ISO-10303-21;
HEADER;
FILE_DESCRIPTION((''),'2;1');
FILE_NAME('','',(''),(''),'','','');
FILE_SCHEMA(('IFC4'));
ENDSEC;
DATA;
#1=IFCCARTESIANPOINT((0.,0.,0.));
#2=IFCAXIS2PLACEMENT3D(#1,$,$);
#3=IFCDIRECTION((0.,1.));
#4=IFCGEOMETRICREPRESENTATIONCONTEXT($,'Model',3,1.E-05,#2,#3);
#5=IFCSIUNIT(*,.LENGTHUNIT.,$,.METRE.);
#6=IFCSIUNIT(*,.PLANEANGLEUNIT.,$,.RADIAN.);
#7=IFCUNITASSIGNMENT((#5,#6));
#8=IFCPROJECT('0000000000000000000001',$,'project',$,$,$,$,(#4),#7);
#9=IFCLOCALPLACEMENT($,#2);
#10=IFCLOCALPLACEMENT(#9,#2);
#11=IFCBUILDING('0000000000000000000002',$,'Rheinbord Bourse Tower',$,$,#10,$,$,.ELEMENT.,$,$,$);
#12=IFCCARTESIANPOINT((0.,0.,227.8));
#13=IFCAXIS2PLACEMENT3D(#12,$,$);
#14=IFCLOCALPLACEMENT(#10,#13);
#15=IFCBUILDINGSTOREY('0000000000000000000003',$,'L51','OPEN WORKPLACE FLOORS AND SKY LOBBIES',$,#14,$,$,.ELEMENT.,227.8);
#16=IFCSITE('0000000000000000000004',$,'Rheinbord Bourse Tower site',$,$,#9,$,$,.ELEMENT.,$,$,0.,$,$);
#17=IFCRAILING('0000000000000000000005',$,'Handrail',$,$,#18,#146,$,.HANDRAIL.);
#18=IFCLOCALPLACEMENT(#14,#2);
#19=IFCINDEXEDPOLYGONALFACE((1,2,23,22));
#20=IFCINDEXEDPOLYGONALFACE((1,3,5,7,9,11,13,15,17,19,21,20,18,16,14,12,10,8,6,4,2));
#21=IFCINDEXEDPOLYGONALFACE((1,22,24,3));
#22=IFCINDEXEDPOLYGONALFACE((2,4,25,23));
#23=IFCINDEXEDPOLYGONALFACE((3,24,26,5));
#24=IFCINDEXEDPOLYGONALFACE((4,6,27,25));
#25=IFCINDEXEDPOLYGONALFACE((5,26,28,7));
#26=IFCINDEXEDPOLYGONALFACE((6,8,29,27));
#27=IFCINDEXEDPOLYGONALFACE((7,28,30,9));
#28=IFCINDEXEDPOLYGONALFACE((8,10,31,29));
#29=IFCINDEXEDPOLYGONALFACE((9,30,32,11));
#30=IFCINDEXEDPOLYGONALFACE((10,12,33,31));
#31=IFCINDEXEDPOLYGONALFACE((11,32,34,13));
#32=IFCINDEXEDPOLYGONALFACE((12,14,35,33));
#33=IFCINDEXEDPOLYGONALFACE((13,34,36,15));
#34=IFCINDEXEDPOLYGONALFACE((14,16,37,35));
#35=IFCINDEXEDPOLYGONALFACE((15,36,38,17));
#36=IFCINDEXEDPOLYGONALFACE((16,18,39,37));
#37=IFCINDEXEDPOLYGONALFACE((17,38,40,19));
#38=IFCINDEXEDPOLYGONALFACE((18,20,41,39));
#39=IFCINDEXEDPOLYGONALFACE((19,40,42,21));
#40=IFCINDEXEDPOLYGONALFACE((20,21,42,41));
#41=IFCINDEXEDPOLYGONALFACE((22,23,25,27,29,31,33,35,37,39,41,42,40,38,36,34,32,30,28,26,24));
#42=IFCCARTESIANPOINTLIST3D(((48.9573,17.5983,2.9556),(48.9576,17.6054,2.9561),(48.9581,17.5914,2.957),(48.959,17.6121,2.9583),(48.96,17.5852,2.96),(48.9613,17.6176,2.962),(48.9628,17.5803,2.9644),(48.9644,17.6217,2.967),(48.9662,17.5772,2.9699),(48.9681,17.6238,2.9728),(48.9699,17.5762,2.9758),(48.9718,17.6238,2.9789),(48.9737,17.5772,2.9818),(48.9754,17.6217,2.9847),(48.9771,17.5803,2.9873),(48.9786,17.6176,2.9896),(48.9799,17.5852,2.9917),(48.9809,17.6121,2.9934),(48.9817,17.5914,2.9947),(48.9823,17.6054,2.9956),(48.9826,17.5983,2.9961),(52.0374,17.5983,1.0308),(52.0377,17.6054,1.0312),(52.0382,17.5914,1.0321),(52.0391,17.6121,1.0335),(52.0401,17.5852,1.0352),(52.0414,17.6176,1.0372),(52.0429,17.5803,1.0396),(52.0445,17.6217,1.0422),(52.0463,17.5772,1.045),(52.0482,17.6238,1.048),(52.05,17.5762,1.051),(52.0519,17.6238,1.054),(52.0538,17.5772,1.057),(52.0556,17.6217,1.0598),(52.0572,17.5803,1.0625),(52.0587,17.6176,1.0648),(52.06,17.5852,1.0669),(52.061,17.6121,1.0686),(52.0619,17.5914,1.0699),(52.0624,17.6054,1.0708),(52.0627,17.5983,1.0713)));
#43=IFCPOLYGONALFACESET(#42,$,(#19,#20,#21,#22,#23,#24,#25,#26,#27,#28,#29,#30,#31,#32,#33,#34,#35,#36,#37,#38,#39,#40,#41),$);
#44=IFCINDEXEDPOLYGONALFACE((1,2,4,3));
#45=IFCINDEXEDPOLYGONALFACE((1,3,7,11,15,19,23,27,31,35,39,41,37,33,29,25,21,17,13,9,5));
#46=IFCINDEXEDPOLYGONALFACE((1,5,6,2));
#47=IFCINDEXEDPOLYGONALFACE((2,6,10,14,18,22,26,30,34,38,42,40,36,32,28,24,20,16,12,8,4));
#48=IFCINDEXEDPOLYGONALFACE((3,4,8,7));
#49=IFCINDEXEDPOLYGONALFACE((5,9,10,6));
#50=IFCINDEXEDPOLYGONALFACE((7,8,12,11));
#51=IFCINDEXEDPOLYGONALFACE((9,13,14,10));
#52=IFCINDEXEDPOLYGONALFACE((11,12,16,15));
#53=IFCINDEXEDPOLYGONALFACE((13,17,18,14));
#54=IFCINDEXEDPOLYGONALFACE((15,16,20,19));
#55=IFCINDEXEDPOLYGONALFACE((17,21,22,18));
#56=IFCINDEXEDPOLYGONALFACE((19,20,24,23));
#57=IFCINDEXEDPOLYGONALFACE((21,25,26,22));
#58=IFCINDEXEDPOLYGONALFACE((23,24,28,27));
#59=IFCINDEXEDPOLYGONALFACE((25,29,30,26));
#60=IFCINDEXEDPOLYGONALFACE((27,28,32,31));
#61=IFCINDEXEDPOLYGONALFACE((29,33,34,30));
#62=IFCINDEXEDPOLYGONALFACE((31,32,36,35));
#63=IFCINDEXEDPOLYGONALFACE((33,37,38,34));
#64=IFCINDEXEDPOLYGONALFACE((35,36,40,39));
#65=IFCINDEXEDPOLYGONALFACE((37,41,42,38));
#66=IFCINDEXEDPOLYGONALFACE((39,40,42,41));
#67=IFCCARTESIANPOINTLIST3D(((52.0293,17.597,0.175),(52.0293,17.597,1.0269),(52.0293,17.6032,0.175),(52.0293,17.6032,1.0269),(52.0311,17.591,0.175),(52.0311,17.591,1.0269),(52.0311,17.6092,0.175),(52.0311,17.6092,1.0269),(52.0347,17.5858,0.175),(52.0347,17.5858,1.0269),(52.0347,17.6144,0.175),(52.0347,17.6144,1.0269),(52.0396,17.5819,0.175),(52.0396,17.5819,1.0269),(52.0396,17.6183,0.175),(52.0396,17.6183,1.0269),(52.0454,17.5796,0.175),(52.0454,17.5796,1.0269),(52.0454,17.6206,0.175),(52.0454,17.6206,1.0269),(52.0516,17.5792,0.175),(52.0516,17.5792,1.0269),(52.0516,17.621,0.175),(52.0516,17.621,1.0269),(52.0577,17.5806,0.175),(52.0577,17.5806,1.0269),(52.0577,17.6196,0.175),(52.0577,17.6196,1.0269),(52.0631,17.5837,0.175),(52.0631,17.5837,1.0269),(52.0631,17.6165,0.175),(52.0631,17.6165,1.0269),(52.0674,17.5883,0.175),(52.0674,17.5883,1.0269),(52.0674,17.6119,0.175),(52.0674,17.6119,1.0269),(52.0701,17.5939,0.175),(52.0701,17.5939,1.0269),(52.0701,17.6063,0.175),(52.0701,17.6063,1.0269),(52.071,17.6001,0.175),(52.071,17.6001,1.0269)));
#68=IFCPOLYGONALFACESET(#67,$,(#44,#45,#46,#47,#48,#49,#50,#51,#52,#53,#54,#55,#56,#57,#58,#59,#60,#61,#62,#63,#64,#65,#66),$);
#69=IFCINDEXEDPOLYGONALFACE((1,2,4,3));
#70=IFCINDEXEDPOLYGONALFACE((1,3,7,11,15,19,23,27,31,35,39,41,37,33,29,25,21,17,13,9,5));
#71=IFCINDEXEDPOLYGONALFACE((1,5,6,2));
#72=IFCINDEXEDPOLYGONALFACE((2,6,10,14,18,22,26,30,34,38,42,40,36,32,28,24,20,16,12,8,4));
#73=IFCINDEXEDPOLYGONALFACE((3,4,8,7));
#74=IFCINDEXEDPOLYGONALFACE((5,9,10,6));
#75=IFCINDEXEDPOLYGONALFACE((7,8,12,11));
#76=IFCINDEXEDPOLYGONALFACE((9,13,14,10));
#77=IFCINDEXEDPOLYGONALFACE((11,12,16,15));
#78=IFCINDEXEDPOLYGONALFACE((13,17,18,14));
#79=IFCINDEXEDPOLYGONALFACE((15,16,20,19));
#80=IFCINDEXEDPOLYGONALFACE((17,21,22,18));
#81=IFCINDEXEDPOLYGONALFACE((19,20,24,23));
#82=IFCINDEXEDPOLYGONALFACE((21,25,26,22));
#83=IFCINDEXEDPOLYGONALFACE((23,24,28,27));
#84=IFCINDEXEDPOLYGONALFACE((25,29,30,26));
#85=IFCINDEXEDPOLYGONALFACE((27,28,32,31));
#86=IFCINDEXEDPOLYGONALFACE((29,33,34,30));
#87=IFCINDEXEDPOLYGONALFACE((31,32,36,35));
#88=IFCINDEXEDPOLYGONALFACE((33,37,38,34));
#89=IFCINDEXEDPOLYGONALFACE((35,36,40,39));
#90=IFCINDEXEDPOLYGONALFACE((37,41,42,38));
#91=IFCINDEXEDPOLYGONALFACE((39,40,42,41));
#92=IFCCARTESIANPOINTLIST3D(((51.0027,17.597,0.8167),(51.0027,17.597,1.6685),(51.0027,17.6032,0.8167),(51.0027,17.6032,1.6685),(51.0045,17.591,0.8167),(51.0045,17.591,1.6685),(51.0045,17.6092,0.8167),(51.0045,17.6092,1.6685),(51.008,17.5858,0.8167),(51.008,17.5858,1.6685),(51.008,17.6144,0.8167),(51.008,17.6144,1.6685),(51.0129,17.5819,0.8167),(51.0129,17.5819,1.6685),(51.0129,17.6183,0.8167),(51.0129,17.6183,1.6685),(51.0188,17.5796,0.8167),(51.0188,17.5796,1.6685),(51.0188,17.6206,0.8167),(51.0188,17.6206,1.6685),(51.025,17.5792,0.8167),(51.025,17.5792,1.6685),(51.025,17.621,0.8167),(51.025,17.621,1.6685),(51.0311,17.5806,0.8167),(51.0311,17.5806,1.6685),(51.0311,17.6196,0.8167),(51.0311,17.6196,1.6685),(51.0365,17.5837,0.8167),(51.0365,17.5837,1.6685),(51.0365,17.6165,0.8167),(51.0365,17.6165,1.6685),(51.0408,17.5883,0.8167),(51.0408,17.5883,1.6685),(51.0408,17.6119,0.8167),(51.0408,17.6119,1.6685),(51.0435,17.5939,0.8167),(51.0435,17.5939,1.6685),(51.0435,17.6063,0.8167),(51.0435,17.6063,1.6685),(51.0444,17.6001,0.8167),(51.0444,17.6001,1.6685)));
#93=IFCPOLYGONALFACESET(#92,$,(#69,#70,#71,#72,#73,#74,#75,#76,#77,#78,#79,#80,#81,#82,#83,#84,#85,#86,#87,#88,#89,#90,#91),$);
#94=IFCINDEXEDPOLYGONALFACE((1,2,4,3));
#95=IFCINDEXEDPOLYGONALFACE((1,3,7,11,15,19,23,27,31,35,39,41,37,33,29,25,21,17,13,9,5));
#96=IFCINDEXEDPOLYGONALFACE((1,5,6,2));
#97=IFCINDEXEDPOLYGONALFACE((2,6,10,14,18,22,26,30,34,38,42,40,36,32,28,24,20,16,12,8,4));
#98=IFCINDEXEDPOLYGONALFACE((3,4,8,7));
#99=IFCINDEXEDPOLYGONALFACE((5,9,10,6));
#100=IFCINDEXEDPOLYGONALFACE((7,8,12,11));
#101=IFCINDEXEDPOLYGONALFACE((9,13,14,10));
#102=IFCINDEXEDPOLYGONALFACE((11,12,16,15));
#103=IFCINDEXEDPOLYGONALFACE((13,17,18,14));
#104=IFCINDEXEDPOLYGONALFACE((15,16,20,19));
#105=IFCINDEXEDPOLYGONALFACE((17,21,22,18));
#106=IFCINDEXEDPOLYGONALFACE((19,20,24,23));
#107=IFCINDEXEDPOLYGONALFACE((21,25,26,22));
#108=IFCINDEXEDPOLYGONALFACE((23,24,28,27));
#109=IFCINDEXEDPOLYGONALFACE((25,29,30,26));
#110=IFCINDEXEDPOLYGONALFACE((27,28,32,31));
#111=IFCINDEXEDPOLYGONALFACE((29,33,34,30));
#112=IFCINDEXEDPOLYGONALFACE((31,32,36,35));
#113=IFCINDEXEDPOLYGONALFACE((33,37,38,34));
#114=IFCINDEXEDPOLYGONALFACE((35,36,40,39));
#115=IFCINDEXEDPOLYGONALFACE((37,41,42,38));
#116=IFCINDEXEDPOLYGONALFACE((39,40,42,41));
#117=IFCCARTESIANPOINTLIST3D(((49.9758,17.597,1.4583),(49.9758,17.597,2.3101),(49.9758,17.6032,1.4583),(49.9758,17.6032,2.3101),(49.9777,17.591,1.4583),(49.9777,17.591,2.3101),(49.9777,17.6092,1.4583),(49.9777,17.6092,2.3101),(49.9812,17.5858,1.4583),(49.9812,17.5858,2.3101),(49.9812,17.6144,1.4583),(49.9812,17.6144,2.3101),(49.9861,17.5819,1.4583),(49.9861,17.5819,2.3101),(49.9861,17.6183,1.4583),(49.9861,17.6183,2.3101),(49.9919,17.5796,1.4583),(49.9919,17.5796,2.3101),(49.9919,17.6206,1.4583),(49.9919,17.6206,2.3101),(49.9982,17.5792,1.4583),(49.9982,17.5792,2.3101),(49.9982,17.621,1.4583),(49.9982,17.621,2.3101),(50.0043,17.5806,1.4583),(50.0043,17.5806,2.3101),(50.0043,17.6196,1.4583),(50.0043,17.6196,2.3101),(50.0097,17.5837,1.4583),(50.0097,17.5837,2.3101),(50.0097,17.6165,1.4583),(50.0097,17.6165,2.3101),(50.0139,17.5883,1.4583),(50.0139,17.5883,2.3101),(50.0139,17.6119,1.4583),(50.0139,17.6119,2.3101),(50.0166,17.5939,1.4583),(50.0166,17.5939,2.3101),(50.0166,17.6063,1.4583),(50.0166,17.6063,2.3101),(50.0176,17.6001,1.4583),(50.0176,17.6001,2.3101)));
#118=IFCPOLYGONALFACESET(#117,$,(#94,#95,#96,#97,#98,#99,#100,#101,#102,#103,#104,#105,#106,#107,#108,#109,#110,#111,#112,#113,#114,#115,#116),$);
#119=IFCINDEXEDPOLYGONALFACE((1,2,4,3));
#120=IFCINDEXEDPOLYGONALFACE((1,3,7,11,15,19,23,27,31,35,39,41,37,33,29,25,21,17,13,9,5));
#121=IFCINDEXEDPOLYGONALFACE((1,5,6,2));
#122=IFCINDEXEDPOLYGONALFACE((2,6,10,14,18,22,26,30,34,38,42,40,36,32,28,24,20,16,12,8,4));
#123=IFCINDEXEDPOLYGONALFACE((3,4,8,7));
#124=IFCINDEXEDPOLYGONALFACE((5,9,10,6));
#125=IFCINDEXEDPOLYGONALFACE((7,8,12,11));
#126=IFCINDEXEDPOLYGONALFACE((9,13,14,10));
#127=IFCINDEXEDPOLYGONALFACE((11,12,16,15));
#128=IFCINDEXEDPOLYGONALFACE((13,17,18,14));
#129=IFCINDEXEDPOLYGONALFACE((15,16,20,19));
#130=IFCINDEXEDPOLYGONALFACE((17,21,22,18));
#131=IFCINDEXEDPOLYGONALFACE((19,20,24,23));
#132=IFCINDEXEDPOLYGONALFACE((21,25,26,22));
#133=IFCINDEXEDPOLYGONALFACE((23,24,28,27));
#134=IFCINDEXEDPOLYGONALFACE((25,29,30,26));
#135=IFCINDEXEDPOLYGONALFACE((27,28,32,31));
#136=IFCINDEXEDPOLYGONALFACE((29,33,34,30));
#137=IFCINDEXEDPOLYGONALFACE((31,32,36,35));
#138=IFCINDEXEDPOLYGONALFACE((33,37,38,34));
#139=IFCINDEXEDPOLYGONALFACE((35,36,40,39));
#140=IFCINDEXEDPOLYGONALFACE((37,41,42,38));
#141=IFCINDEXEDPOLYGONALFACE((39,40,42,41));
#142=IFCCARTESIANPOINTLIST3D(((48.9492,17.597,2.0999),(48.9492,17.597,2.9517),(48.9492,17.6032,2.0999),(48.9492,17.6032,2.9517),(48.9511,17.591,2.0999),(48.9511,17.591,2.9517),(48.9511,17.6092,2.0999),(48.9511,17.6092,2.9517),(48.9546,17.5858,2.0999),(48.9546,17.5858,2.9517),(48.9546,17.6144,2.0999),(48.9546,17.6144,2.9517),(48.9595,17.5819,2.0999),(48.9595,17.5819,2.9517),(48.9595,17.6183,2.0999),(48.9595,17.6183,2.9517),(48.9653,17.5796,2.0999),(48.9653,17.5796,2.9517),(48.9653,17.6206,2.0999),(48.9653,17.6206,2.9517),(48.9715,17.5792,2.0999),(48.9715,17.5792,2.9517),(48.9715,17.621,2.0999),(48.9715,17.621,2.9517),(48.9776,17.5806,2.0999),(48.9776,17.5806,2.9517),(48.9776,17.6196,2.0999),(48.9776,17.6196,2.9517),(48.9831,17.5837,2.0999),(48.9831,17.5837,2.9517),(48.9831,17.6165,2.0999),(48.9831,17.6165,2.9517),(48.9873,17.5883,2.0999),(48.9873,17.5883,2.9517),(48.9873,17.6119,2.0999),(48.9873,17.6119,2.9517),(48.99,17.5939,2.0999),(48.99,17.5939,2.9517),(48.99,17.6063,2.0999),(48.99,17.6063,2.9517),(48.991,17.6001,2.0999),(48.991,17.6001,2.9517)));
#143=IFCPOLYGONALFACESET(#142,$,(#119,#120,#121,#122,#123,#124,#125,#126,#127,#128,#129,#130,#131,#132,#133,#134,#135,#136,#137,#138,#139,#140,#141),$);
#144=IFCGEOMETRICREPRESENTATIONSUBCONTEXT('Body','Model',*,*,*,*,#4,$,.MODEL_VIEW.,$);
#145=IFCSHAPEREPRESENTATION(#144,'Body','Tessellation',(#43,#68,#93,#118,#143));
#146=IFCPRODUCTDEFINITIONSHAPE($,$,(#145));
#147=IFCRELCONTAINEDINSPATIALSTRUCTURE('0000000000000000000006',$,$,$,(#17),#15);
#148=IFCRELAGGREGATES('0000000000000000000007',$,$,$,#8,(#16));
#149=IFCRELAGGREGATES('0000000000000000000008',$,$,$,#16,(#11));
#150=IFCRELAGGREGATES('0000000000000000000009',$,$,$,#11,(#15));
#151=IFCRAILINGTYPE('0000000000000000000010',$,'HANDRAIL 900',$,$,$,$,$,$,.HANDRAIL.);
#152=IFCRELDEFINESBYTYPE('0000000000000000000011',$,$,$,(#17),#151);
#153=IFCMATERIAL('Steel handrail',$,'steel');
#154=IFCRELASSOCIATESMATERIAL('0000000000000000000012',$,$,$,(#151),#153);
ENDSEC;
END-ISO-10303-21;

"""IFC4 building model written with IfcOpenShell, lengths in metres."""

from ifc_helpers import new_model, si_unit, direction, frame, origin, origin_2d, place, context, subcontext, project, spatial, circle, extrude, material, type_object, element, save


model = new_model("IFC4")

# Units and contexts
model_context = context("Model", 3, precision=1e-05, world=origin(), true_north=direction((0.0, 1.0)))
body_context = subcontext(model_context, "Body", "Model", "MODEL_VIEW")
ifc_project = project(units=[si_unit("LENGTHUNIT", "METRE"), si_unit("PLANEANGLEUNIT", "RADIAN")], contexts=[model_context])

# Site, building, storey
site_placement = place(None, origin())
site = spatial("IfcSite", under=ifc_project, at=site_placement, Name="Rheinbord Bourse Tower site", CompositionType="ELEMENT", RefElevation=0.0)
building_placement = place(site_placement, origin())
building = spatial("IfcBuilding", under=site, at=building_placement, Name="Rheinbord Bourse Tower", CompositionType="ELEMENT")
storey_placement = place(building_placement, frame((0.0, 0.0, 227.8)))
storey = spatial("IfcBuildingStorey", under=building, at=storey_placement, Name="L51", Description="OPEN WORKPLACE FLOORS AND SKY LOBBIES", CompositionType="ELEMENT", Elevation=227.8)

# Railing
ifc_material_1 = material(Name="Steel handrail", Category="steel")
railing_type = type_object("IfcRailingType", Name="HANDRAIL 900", PredefinedType="HANDRAIL", material=ifc_material_1)
railing_1_placement = place(storey_placement, frame((52.05, 17.6001, 0.175)))
element("IfcRailing", 1, at=railing_1_placement, inside=storey, type_object=railing_type, Name="Handrail", PredefinedType="HANDRAIL", context=body_context, shape_type="SweptSolid", body=[
    extrude(circle(Radius=0.0239, at=origin_2d()), frame((0.0, 0.0, 0.876), z_axis=(-0.848029, 0.0, 0.529951), x_axis=(0.0, -1.0, 0.0)), (0.0, 0.0, 1.0), 3.6321),
    extrude(circle(Radius=0.021, at=origin_2d()), origin(), (0.0, 0.0, 1.0), 0.8518),
    extrude(circle(Radius=0.021, at=origin_2d()), frame((-1.0266, 0.0, 0.6416)), (0.0, 0.0, 1.0), 0.8518),
    extrude(circle(Radius=0.021, at=origin_2d()), frame((-2.0535, 0.0, 1.2832)), (0.0, 0.0, 1.0), 0.8518),
    extrude(circle(Radius=0.021, at=origin_2d()), frame((-3.0801, 0.0, 1.9248)), (0.0, 0.0, 1.0), 0.8518),
])

save(model, "model.ifc")
